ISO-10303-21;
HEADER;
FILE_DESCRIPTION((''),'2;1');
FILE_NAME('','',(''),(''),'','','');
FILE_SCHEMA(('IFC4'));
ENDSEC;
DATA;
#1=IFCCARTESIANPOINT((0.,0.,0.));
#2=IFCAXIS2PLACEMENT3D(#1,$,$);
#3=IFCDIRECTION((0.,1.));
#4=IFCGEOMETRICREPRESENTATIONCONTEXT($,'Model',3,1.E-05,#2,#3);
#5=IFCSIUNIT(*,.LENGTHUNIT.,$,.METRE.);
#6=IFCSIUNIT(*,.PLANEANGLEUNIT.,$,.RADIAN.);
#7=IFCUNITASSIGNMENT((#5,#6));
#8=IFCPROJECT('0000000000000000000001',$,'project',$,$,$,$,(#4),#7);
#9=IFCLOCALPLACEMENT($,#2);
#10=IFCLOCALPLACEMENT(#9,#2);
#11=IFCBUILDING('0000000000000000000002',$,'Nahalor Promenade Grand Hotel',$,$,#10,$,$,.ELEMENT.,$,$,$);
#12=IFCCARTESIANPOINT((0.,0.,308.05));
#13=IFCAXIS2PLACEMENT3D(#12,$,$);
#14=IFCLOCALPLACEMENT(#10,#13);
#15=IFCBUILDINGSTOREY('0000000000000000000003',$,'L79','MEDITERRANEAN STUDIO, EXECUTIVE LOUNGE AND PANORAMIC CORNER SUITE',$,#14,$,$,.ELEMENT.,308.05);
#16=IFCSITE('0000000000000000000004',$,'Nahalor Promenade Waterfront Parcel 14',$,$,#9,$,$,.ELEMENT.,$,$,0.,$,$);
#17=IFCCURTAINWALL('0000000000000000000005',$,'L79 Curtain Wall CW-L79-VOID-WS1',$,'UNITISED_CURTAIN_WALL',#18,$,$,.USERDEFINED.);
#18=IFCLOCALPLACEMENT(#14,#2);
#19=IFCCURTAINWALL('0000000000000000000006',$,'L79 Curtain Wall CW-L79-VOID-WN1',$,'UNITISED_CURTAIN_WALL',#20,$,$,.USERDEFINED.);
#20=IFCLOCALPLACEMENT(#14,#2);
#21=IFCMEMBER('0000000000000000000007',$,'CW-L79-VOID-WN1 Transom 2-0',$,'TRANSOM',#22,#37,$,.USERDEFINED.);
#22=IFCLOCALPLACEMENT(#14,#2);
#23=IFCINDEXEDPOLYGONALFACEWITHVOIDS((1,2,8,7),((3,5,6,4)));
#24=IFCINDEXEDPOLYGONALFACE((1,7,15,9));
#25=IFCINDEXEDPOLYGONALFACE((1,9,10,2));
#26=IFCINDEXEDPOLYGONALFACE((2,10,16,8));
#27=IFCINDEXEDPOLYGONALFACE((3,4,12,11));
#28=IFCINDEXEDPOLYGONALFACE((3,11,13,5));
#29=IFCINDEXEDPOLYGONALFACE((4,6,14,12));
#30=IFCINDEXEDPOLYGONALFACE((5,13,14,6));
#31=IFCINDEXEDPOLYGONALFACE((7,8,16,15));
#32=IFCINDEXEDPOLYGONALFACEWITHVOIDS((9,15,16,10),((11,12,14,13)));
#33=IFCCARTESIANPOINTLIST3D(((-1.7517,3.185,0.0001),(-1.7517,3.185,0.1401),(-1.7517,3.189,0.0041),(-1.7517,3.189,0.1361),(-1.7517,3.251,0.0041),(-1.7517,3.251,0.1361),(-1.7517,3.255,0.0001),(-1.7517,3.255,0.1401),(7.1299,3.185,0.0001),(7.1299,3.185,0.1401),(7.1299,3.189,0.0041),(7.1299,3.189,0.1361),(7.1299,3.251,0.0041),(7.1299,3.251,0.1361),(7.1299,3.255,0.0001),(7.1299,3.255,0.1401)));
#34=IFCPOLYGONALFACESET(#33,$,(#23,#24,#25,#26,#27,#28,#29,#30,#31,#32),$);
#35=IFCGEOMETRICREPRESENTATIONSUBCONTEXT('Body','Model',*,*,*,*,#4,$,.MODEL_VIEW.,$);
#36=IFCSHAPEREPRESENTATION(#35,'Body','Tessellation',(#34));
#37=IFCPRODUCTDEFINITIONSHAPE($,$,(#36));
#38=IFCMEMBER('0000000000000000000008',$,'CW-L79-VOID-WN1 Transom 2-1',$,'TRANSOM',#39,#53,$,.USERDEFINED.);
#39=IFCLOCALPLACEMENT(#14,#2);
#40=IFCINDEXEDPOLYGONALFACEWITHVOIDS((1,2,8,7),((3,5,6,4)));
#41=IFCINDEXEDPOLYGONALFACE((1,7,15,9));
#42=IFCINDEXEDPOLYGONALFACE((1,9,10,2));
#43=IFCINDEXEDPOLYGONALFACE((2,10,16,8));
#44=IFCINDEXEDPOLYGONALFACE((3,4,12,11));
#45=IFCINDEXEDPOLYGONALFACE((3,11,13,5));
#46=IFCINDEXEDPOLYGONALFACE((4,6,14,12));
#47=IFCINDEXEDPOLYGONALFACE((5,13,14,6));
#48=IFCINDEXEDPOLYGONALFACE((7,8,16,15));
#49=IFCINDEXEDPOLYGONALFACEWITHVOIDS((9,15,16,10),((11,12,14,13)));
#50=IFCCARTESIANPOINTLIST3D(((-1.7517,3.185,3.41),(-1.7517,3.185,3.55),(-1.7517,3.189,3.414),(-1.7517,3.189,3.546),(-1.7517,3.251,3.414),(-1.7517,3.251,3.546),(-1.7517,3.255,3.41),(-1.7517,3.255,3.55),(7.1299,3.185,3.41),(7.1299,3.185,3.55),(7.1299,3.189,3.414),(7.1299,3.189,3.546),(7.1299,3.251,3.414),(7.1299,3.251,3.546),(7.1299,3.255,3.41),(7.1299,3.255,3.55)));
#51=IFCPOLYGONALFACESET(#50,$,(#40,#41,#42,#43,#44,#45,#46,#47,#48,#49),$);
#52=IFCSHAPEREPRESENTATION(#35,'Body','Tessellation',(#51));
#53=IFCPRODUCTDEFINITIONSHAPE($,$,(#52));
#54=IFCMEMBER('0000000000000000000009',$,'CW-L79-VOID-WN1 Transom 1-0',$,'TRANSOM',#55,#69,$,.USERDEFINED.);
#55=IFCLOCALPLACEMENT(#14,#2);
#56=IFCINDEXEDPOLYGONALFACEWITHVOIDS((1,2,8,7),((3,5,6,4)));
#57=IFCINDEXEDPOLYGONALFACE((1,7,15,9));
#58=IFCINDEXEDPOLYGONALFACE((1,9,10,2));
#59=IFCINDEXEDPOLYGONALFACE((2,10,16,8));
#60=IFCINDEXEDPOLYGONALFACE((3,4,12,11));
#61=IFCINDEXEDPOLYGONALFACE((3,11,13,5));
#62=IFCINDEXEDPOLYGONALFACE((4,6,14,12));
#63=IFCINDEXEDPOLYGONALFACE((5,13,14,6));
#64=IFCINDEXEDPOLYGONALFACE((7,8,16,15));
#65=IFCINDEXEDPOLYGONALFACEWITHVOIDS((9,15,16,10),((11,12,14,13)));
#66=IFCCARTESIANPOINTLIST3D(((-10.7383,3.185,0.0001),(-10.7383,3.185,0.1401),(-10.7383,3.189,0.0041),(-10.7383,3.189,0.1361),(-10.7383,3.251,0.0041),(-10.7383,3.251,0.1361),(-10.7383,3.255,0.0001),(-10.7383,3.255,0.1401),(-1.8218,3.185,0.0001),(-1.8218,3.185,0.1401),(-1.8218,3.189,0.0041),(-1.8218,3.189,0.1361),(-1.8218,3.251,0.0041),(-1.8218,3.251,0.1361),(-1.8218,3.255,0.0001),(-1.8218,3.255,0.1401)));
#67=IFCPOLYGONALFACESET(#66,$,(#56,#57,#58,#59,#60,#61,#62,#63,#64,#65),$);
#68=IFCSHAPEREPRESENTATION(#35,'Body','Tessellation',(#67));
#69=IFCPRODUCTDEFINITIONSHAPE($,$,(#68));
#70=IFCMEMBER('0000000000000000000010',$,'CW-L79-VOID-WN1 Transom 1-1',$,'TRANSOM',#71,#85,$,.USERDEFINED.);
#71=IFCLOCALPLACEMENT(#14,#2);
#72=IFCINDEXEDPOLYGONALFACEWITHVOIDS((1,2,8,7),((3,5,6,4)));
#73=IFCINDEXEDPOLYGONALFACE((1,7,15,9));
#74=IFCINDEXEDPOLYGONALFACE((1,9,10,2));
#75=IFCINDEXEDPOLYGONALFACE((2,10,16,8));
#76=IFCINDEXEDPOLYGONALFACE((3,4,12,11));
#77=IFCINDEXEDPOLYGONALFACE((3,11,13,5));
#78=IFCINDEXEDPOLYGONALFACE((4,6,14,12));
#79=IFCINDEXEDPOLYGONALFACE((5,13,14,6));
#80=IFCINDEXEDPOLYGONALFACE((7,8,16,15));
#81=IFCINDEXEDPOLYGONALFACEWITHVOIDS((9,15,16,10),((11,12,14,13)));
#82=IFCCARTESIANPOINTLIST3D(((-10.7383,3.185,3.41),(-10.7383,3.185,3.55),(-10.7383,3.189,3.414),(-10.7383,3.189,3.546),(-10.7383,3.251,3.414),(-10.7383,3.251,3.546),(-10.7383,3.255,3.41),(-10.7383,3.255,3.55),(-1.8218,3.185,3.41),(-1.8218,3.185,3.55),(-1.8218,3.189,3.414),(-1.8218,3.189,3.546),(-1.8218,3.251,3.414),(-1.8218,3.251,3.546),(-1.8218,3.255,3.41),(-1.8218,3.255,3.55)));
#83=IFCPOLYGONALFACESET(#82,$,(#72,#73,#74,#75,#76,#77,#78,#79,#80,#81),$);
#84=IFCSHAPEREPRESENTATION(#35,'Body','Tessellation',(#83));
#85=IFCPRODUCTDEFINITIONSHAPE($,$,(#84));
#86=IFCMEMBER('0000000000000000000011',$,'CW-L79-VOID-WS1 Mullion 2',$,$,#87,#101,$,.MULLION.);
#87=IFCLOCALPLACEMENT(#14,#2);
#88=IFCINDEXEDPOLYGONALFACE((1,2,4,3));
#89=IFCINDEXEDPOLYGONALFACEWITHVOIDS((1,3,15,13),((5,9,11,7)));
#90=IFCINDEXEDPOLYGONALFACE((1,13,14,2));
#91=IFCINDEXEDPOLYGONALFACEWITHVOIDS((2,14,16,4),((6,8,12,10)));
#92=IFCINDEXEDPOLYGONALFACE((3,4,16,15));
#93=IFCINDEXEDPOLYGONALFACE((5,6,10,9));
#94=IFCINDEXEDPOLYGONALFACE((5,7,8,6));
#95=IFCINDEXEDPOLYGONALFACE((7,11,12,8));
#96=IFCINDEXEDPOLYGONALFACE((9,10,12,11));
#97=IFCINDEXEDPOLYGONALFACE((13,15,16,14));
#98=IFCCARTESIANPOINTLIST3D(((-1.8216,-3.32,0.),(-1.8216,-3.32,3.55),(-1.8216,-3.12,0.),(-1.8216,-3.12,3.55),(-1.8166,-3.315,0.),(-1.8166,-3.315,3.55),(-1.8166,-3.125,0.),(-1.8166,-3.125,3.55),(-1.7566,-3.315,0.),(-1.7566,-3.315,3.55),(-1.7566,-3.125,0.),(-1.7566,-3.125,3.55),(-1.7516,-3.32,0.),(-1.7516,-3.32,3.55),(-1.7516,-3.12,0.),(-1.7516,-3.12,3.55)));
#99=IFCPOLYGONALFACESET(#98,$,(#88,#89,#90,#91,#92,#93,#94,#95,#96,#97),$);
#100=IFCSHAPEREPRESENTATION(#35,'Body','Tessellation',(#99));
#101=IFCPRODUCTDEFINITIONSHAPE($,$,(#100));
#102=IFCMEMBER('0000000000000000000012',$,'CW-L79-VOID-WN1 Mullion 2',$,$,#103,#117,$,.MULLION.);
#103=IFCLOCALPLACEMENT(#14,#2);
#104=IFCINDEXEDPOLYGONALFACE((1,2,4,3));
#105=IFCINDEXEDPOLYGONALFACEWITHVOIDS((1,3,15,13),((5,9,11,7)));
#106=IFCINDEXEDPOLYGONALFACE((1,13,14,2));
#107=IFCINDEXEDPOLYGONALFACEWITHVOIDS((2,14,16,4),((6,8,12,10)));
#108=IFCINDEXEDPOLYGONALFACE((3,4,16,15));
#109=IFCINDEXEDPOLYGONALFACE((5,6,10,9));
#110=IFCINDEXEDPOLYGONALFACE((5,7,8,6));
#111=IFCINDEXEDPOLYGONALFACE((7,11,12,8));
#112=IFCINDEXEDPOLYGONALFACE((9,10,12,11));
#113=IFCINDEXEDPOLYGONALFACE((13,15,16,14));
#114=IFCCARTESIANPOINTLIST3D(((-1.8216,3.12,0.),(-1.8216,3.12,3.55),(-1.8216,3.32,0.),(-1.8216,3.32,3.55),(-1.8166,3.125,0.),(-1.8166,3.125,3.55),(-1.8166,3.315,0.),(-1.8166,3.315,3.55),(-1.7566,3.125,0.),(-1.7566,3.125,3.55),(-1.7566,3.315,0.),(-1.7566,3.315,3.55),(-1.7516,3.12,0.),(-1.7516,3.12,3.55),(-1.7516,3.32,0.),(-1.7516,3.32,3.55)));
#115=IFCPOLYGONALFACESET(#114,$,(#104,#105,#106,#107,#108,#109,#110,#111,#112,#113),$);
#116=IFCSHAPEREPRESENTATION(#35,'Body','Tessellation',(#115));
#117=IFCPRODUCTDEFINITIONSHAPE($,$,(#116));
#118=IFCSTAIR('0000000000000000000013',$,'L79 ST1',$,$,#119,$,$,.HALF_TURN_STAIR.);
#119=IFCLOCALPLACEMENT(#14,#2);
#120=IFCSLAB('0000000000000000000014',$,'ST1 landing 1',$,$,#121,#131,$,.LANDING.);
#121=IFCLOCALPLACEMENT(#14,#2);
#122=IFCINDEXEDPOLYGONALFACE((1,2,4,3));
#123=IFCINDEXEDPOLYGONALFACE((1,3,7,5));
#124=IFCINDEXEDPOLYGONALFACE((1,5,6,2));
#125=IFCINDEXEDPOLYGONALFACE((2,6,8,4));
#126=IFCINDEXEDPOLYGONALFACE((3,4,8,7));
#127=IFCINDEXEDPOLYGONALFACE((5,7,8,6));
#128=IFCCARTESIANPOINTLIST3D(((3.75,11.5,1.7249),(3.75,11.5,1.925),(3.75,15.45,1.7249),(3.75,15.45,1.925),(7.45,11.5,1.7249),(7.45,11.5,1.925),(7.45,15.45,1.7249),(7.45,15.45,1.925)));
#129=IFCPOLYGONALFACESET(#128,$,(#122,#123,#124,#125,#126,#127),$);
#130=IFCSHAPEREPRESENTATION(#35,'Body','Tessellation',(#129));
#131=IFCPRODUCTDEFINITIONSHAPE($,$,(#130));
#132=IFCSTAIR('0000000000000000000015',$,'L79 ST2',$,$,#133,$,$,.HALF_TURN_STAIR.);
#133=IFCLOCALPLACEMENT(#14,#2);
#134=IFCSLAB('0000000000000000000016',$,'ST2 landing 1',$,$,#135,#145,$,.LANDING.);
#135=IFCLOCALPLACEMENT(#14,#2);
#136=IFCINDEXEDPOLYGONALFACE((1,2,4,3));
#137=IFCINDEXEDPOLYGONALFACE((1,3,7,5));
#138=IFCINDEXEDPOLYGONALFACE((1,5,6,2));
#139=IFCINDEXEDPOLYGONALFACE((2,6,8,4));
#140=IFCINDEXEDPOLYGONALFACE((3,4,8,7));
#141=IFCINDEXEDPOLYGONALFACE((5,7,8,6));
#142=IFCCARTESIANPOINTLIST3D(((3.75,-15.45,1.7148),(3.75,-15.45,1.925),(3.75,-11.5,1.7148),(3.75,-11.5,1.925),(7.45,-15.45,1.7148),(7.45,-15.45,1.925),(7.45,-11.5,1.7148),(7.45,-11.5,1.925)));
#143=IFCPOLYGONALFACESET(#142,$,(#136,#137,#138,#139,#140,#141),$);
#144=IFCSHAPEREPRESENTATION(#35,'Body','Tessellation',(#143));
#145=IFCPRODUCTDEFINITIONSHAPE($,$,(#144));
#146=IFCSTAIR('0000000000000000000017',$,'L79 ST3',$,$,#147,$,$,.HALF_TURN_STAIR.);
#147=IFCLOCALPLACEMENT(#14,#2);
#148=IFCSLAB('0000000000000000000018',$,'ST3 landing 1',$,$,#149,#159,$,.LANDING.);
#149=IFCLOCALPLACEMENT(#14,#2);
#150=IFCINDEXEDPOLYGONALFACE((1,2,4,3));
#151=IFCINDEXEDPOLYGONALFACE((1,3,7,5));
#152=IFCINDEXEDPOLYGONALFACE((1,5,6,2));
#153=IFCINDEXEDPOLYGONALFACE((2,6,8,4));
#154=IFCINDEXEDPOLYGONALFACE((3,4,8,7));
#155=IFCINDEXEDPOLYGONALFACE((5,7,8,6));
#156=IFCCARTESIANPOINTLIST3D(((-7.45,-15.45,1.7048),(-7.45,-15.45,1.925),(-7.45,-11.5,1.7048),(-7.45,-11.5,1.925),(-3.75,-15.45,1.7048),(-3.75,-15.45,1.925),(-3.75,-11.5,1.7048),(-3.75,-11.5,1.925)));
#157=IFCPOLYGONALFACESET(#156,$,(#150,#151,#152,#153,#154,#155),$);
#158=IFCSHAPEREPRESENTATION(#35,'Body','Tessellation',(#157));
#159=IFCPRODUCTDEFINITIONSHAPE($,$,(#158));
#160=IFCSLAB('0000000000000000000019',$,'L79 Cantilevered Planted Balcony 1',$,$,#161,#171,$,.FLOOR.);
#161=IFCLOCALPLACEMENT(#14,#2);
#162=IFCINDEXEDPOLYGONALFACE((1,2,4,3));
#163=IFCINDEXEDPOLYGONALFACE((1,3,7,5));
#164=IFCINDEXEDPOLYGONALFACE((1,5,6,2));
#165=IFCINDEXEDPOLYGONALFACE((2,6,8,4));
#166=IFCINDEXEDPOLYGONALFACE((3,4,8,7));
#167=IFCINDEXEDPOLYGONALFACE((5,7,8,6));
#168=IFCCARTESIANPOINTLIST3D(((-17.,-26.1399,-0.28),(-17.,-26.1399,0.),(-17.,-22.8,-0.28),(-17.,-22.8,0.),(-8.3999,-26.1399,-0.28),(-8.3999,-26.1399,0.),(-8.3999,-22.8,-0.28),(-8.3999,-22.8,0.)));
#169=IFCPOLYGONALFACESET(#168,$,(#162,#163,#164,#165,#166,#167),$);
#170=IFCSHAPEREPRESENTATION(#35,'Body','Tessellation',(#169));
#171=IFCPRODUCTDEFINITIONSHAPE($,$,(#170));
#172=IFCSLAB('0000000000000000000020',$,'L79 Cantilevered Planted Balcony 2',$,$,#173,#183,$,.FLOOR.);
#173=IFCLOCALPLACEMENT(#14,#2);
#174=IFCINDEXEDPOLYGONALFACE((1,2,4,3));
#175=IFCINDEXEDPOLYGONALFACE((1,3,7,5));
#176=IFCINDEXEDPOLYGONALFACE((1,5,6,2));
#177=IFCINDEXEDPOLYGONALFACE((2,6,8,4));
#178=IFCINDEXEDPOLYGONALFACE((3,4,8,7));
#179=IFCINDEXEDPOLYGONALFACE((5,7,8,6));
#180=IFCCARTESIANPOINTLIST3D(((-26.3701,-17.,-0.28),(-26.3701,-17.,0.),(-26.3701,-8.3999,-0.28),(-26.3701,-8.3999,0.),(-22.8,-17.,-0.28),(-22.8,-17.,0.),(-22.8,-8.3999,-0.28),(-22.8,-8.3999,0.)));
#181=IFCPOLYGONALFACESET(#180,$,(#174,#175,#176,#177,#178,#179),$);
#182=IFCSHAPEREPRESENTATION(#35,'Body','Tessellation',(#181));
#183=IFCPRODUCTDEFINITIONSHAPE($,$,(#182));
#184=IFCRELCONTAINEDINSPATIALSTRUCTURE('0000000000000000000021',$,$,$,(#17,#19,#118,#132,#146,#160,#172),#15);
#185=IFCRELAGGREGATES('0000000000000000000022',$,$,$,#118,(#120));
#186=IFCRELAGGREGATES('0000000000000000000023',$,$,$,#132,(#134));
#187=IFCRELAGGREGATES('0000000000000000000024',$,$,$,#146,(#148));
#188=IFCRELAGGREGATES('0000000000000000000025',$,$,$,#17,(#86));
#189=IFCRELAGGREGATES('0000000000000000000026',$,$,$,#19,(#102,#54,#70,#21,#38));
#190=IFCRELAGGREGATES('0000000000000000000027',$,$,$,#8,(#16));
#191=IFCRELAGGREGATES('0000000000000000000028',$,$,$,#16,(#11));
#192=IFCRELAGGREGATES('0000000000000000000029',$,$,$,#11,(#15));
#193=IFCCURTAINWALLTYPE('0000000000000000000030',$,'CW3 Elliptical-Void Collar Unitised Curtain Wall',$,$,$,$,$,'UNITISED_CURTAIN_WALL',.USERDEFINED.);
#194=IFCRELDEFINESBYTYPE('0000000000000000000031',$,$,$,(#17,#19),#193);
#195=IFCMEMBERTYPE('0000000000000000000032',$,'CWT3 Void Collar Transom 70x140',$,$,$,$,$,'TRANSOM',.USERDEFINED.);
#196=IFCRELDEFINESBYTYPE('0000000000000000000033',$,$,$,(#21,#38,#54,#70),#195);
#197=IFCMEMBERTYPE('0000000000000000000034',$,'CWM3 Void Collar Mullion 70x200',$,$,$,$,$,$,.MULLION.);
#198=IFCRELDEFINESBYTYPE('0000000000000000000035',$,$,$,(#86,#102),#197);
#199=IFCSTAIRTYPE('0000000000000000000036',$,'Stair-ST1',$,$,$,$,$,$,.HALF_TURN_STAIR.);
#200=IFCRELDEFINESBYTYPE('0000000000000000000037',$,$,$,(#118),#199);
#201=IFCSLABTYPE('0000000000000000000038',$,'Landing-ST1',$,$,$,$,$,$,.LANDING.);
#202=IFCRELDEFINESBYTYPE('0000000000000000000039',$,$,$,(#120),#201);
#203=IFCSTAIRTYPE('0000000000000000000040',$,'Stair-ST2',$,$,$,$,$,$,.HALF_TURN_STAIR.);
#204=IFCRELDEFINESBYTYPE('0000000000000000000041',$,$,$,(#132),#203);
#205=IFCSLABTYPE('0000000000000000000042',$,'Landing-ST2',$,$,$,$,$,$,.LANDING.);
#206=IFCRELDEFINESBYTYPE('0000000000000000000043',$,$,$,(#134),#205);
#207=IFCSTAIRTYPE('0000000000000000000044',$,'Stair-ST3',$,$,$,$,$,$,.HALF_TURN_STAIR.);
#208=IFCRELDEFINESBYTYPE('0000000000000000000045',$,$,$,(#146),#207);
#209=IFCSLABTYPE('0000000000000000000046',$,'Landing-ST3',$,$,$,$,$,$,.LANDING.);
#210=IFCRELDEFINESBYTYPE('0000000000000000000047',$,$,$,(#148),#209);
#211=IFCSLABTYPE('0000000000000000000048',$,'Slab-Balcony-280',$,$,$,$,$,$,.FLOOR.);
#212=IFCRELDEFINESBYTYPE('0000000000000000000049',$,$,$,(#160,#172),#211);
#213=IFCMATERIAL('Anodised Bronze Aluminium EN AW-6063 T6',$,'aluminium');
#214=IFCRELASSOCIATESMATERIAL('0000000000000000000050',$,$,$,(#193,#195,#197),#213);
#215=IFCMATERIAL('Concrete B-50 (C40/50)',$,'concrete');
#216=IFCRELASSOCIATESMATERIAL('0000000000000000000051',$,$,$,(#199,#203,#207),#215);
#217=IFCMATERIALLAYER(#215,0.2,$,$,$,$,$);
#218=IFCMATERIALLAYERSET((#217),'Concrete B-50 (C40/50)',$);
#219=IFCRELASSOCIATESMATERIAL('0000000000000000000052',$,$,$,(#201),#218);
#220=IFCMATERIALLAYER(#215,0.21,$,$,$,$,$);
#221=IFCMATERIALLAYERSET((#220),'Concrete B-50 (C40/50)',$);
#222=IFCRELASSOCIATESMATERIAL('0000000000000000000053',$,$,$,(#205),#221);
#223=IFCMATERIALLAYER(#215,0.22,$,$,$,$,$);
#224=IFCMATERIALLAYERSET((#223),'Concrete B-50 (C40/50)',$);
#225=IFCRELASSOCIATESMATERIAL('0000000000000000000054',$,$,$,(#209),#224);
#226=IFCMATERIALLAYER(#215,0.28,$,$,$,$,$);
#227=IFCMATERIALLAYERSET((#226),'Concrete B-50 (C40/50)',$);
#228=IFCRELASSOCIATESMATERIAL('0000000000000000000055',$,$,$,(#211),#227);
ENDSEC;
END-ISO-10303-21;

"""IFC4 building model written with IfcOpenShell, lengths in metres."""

from ifc_helpers import new_model, si_unit, direction, frame, origin, origin_2d, place, context, subcontext, project, spatial, polyline, hollow_rectangle, outline, extrude, source, transform, mapped, material, layer, layer_set, material_profile, profile_set, type_object, element, aggregate, save


model = new_model("IFC4")

# Units and contexts
model_context = context("Model", 3, precision=1e-05, world=origin(), true_north=direction((0.0, 1.0)))
body_context = subcontext(model_context, "Body", "Model", "MODEL_VIEW")
ifc_project = project(units=[si_unit("LENGTHUNIT", "METRE"), si_unit("PLANEANGLEUNIT", "RADIAN")], contexts=[model_context])

# Site, building, storey
site_placement = place(None, origin())
site = spatial("IfcSite", under=ifc_project, at=site_placement, Name="Nahalor Promenade Waterfront Parcel 14", CompositionType="ELEMENT", RefElevation=0.0)
building_placement = place(site_placement, origin())
building = spatial("IfcBuilding", under=site, at=building_placement, Name="Nahalor Promenade Grand Hotel", CompositionType="ELEMENT")
storey_placement = place(building_placement, frame((0.0, 0.0, 308.05)))
storey = spatial("IfcBuildingStorey", under=building, at=storey_placement, Name="L79", Description="MEDITERRANEAN STUDIO, EXECUTIVE LOUNGE AND PANORAMIC CORNER SUITE", CompositionType="ELEMENT", Elevation=308.05)

# Shared definitions
ifc_material_1 = material(Name="Concrete B-50 (C40/50)", Category="concrete")

# Curtain walls, members
ifc_material_2 = material(Name="Anodised Bronze Aluminium EN AW-6063 T6", Category="aluminium")
curtain_wall_type = type_object("IfcCurtainWallType", Name="CW3 Elliptical-Void Collar Unitised Curtain Wall", ElementType="UNITISED_CURTAIN_WALL", PredefinedType="USERDEFINED", material=ifc_material_2)
curtain_wall_1_placement = place(storey_placement, origin())
curtain_wall_1 = element("IfcCurtainWall", 1, at=curtain_wall_1_placement, inside=storey, type_object=curtain_wall_type, Name="L79 Curtain Wall CW-L79-VOID-WS1", ObjectType="UNITISED_CURTAIN_WALL", PredefinedType="USERDEFINED")
ifc_material_profile_1 = material_profile(ifc_material_2, hollow_rectangle(XDim=0.07, YDim=0.14, WallThickness=0.004, at=origin_2d()), Name="CWT 70x140x4")
ifc_profile_set_1 = profile_set([ifc_material_profile_1], Name="Anodised Bronze Aluminium EN AW-6063 T6")
member_type_1 = type_object("IfcMemberType", Name="CWT3 Void Collar Transom 70x140", ElementType="TRANSOM", PredefinedType="USERDEFINED", material=ifc_profile_set_1)
shared_shape_1 = source(origin(), body_context, "Body", "SweptSolid", [
    extrude(hollow_rectangle(XDim=0.07, YDim=0.14, WallThickness=0.004, at=origin_2d()), origin(), (0.0, 0.0, 1.0), 8.8816),
])
curtain_wall_2_placement = place(storey_placement, origin())
curtain_wall_2 = element("IfcCurtainWall", 2, at=curtain_wall_2_placement, inside=storey, type_object=curtain_wall_type, Name="L79 Curtain Wall CW-L79-VOID-WN1", ObjectType="UNITISED_CURTAIN_WALL", PredefinedType="USERDEFINED")
member_1_placement = place(storey_placement, frame((-1.7517, 3.22, 0.0701), z_axis=(1.0, 0.0, 0.0), x_axis=(0.0, 1.0, 0.0)))
member_1 = element("IfcMember", 3, at=member_1_placement, type_object=member_type_1, Name="CW-L79-VOID-WN1 Transom 2-0", ObjectType="TRANSOM", PredefinedType="USERDEFINED", context=body_context, shape_type="MappedRepresentation", body=[
    mapped(shared_shape_1, transform((0.0, 0.0, 0.0), scale=1.0)),
])
member_2_placement = place(storey_placement, frame((-1.7517, 3.22, 3.48), z_axis=(1.0, 0.0, 0.0), x_axis=(0.0, 1.0, 0.0)))
member_2 = element("IfcMember", 4, at=member_2_placement, type_object=member_type_1, Name="CW-L79-VOID-WN1 Transom 2-1", ObjectType="TRANSOM", PredefinedType="USERDEFINED", context=body_context, shape_type="MappedRepresentation", body=[
    mapped(shared_shape_1, transform((0.0, 0.0, 0.0), scale=1.0)),
])
shared_shape_2 = source(origin(), body_context, "Body", "SweptSolid", [
    extrude(hollow_rectangle(XDim=0.07, YDim=0.14, WallThickness=0.004, at=origin_2d()), origin(), (0.0, 0.0, 1.0), 8.9165),
])
member_3_placement = place(storey_placement, frame((-10.7383, 3.22, 0.0701), z_axis=(1.0, 0.0, 0.0), x_axis=(0.0, 1.0, 0.0)))
member_3 = element("IfcMember", 5, at=member_3_placement, type_object=member_type_1, Name="CW-L79-VOID-WN1 Transom 1-0", ObjectType="TRANSOM", PredefinedType="USERDEFINED", context=body_context, shape_type="MappedRepresentation", body=[
    mapped(shared_shape_2, transform((0.0, 0.0, 0.0), scale=1.0)),
])
member_4_placement = place(storey_placement, frame((-10.7383, 3.22, 3.48), z_axis=(1.0, 0.0, 0.0), x_axis=(0.0, 1.0, 0.0)))
member_4 = element("IfcMember", 6, at=member_4_placement, type_object=member_type_1, Name="CW-L79-VOID-WN1 Transom 1-1", ObjectType="TRANSOM", PredefinedType="USERDEFINED", context=body_context, shape_type="MappedRepresentation", body=[
    mapped(shared_shape_2, transform((0.0, 0.0, 0.0), scale=1.0)),
])

# Members
ifc_material_profile_2 = material_profile(ifc_material_2, hollow_rectangle(XDim=0.07, YDim=0.2, WallThickness=0.005, at=origin_2d()), Name="CWM 70x200x5")
ifc_profile_set_2 = profile_set([ifc_material_profile_2], Name="Anodised Bronze Aluminium EN AW-6063 T6")
member_type_2 = type_object("IfcMemberType", Name="CWM3 Void Collar Mullion 70x200", PredefinedType="MULLION", material=ifc_profile_set_2)
shared_shape_3 = source(origin(), body_context, "Body", "SweptSolid", [
    extrude(hollow_rectangle(XDim=0.07, YDim=0.2, WallThickness=0.005, at=origin_2d()), origin(), (0.0, 0.0, 1.0), 3.55),
])
member_5_placement = place(storey_placement, frame((-1.7866, -3.22, 0.0), z_axis=(0.0, 0.0, 1.0), x_axis=(1.0, 0.0, 0.0)))
member_5 = element("IfcMember", 7, at=member_5_placement, type_object=member_type_2, Name="CW-L79-VOID-WS1 Mullion 2", PredefinedType="MULLION", context=body_context, shape_type="MappedRepresentation", body=[
    mapped(shared_shape_3, transform((0.0, 0.0, 0.0), scale=1.0)),
])
member_6_placement = place(storey_placement, frame((-1.7866, 3.22, 0.0), z_axis=(0.0, 0.0, 1.0), x_axis=(1.0, 0.0, 0.0)))
member_6 = element("IfcMember", 8, at=member_6_placement, type_object=member_type_2, Name="CW-L79-VOID-WN1 Mullion 2", PredefinedType="MULLION", context=body_context, shape_type="MappedRepresentation", body=[
    mapped(shared_shape_3, transform((0.0, 0.0, 0.0), scale=1.0)),
])

# Stairs, slabs
stair_type_1 = type_object("IfcStairType", Name="Stair-ST1", PredefinedType="HALF_TURN_STAIR", material=ifc_material_1)
stair_1_placement = place(storey_placement, origin())
stair_1 = element("IfcStair", 9, at=stair_1_placement, inside=storey, type_object=stair_type_1, Name="L79 ST1", PredefinedType="HALF_TURN_STAIR")
ifc_layer_1 = layer(ifc_material_1, 0.2)
ifc_layer_set_1 = layer_set([ifc_layer_1], Name="Concrete B-50 (C40/50)")
slab_type_1 = type_object("IfcSlabType", Name="Landing-ST1", PredefinedType="LANDING", material=ifc_layer_set_1)
slab_1_placement = place(storey_placement, frame((0.0, 0.0, 1.7249)))
slab_1 = element("IfcSlab", 10, at=slab_1_placement, type_object=slab_type_1, Name="ST1 landing 1", PredefinedType="LANDING", context=body_context, shape_type="SweptSolid", body=[
    extrude(outline(polyline([(7.45, 11.5), (7.45, 15.45), (3.75, 15.45), (3.75, 11.5), (7.45, 11.5)])), origin(), (0.0, 0.0, 1.0), 0.2002),
])
aggregate(stair_1, [slab_1])
stair_type_2 = type_object("IfcStairType", Name="Stair-ST2", PredefinedType="HALF_TURN_STAIR", material=ifc_material_1)
stair_2_placement = place(storey_placement, origin())
stair_2 = element("IfcStair", 11, at=stair_2_placement, inside=storey, type_object=stair_type_2, Name="L79 ST2", PredefinedType="HALF_TURN_STAIR")
ifc_layer_2 = layer(ifc_material_1, 0.21)
ifc_layer_set_2 = layer_set([ifc_layer_2], Name="Concrete B-50 (C40/50)")
slab_type_2 = type_object("IfcSlabType", Name="Landing-ST2", PredefinedType="LANDING", material=ifc_layer_set_2)
slab_2_placement = place(storey_placement, frame((0.0, 0.0, 1.7148)))
slab_2 = element("IfcSlab", 12, at=slab_2_placement, type_object=slab_type_2, Name="ST2 landing 1", PredefinedType="LANDING", context=body_context, shape_type="SweptSolid", body=[
    extrude(outline(polyline([(3.75, -11.5), (3.75, -15.45), (7.45, -15.45), (7.45, -11.5), (3.75, -11.5)])), origin(), (0.0, 0.0, 1.0), 0.2102),
])
aggregate(stair_2, [slab_2])
stair_type_3 = type_object("IfcStairType", Name="Stair-ST3", PredefinedType="HALF_TURN_STAIR", material=ifc_material_1)
stair_3_placement = place(storey_placement, origin())
stair_3 = element("IfcStair", 13, at=stair_3_placement, inside=storey, type_object=stair_type_3, Name="L79 ST3", PredefinedType="HALF_TURN_STAIR")
ifc_layer_3 = layer(ifc_material_1, 0.22)
ifc_layer_set_3 = layer_set([ifc_layer_3], Name="Concrete B-50 (C40/50)")
slab_type_3 = type_object("IfcSlabType", Name="Landing-ST3", PredefinedType="LANDING", material=ifc_layer_set_3)
slab_3_placement = place(storey_placement, frame((0.0, 0.0, 1.7048)))
slab_3 = element("IfcSlab", 14, at=slab_3_placement, type_object=slab_type_3, Name="ST3 landing 1", PredefinedType="LANDING", context=body_context, shape_type="SweptSolid", body=[
    extrude(outline(polyline([(-7.45, -11.5), (-7.45, -15.45), (-3.75, -15.45), (-3.75, -11.5), (-7.45, -11.5)])), origin(), (0.0, 0.0, 1.0), 0.2202),
])
aggregate(stair_3, [slab_3])

# Slabs
ifc_layer_4 = layer(ifc_material_1, 0.28)
ifc_layer_set_4 = layer_set([ifc_layer_4], Name="Concrete B-50 (C40/50)")
slab_type_4 = type_object("IfcSlabType", Name="Slab-Balcony-280", PredefinedType="FLOOR", material=ifc_layer_set_4)
slab_4_placement = place(storey_placement, frame((0.0, 0.0, -0.28)))
element("IfcSlab", 15, at=slab_4_placement, inside=storey, type_object=slab_type_4, Name="L79 Cantilevered Planted Balcony 1", PredefinedType="FLOOR", context=body_context, shape_type="SweptSolid", body=[
    extrude(outline(polyline([(-17.0, -26.1399), (-8.3999, -26.1399), (-8.3999, -22.8), (-17.0, -22.8), (-17.0, -26.1399)])), origin(), (0.0, 0.0, 1.0), 0.28),
])
slab_5_placement = place(storey_placement, frame((0.0, 0.0, -0.28)))
element("IfcSlab", 16, at=slab_5_placement, inside=storey, type_object=slab_type_4, Name="L79 Cantilevered Planted Balcony 2", PredefinedType="FLOOR", context=body_context, shape_type="SweptSolid", body=[
    extrude(outline(polyline([(-26.3701, -17.0), (-22.8, -17.0), (-22.8, -8.3999), (-26.3701, -8.3999), (-26.3701, -17.0)])), origin(), (0.0, 0.0, 1.0), 0.28),
])

aggregate(curtain_wall_1, [member_5])
aggregate(curtain_wall_2, [member_6, member_3, member_4, member_1, member_2])

save(model, "model.ifc")
